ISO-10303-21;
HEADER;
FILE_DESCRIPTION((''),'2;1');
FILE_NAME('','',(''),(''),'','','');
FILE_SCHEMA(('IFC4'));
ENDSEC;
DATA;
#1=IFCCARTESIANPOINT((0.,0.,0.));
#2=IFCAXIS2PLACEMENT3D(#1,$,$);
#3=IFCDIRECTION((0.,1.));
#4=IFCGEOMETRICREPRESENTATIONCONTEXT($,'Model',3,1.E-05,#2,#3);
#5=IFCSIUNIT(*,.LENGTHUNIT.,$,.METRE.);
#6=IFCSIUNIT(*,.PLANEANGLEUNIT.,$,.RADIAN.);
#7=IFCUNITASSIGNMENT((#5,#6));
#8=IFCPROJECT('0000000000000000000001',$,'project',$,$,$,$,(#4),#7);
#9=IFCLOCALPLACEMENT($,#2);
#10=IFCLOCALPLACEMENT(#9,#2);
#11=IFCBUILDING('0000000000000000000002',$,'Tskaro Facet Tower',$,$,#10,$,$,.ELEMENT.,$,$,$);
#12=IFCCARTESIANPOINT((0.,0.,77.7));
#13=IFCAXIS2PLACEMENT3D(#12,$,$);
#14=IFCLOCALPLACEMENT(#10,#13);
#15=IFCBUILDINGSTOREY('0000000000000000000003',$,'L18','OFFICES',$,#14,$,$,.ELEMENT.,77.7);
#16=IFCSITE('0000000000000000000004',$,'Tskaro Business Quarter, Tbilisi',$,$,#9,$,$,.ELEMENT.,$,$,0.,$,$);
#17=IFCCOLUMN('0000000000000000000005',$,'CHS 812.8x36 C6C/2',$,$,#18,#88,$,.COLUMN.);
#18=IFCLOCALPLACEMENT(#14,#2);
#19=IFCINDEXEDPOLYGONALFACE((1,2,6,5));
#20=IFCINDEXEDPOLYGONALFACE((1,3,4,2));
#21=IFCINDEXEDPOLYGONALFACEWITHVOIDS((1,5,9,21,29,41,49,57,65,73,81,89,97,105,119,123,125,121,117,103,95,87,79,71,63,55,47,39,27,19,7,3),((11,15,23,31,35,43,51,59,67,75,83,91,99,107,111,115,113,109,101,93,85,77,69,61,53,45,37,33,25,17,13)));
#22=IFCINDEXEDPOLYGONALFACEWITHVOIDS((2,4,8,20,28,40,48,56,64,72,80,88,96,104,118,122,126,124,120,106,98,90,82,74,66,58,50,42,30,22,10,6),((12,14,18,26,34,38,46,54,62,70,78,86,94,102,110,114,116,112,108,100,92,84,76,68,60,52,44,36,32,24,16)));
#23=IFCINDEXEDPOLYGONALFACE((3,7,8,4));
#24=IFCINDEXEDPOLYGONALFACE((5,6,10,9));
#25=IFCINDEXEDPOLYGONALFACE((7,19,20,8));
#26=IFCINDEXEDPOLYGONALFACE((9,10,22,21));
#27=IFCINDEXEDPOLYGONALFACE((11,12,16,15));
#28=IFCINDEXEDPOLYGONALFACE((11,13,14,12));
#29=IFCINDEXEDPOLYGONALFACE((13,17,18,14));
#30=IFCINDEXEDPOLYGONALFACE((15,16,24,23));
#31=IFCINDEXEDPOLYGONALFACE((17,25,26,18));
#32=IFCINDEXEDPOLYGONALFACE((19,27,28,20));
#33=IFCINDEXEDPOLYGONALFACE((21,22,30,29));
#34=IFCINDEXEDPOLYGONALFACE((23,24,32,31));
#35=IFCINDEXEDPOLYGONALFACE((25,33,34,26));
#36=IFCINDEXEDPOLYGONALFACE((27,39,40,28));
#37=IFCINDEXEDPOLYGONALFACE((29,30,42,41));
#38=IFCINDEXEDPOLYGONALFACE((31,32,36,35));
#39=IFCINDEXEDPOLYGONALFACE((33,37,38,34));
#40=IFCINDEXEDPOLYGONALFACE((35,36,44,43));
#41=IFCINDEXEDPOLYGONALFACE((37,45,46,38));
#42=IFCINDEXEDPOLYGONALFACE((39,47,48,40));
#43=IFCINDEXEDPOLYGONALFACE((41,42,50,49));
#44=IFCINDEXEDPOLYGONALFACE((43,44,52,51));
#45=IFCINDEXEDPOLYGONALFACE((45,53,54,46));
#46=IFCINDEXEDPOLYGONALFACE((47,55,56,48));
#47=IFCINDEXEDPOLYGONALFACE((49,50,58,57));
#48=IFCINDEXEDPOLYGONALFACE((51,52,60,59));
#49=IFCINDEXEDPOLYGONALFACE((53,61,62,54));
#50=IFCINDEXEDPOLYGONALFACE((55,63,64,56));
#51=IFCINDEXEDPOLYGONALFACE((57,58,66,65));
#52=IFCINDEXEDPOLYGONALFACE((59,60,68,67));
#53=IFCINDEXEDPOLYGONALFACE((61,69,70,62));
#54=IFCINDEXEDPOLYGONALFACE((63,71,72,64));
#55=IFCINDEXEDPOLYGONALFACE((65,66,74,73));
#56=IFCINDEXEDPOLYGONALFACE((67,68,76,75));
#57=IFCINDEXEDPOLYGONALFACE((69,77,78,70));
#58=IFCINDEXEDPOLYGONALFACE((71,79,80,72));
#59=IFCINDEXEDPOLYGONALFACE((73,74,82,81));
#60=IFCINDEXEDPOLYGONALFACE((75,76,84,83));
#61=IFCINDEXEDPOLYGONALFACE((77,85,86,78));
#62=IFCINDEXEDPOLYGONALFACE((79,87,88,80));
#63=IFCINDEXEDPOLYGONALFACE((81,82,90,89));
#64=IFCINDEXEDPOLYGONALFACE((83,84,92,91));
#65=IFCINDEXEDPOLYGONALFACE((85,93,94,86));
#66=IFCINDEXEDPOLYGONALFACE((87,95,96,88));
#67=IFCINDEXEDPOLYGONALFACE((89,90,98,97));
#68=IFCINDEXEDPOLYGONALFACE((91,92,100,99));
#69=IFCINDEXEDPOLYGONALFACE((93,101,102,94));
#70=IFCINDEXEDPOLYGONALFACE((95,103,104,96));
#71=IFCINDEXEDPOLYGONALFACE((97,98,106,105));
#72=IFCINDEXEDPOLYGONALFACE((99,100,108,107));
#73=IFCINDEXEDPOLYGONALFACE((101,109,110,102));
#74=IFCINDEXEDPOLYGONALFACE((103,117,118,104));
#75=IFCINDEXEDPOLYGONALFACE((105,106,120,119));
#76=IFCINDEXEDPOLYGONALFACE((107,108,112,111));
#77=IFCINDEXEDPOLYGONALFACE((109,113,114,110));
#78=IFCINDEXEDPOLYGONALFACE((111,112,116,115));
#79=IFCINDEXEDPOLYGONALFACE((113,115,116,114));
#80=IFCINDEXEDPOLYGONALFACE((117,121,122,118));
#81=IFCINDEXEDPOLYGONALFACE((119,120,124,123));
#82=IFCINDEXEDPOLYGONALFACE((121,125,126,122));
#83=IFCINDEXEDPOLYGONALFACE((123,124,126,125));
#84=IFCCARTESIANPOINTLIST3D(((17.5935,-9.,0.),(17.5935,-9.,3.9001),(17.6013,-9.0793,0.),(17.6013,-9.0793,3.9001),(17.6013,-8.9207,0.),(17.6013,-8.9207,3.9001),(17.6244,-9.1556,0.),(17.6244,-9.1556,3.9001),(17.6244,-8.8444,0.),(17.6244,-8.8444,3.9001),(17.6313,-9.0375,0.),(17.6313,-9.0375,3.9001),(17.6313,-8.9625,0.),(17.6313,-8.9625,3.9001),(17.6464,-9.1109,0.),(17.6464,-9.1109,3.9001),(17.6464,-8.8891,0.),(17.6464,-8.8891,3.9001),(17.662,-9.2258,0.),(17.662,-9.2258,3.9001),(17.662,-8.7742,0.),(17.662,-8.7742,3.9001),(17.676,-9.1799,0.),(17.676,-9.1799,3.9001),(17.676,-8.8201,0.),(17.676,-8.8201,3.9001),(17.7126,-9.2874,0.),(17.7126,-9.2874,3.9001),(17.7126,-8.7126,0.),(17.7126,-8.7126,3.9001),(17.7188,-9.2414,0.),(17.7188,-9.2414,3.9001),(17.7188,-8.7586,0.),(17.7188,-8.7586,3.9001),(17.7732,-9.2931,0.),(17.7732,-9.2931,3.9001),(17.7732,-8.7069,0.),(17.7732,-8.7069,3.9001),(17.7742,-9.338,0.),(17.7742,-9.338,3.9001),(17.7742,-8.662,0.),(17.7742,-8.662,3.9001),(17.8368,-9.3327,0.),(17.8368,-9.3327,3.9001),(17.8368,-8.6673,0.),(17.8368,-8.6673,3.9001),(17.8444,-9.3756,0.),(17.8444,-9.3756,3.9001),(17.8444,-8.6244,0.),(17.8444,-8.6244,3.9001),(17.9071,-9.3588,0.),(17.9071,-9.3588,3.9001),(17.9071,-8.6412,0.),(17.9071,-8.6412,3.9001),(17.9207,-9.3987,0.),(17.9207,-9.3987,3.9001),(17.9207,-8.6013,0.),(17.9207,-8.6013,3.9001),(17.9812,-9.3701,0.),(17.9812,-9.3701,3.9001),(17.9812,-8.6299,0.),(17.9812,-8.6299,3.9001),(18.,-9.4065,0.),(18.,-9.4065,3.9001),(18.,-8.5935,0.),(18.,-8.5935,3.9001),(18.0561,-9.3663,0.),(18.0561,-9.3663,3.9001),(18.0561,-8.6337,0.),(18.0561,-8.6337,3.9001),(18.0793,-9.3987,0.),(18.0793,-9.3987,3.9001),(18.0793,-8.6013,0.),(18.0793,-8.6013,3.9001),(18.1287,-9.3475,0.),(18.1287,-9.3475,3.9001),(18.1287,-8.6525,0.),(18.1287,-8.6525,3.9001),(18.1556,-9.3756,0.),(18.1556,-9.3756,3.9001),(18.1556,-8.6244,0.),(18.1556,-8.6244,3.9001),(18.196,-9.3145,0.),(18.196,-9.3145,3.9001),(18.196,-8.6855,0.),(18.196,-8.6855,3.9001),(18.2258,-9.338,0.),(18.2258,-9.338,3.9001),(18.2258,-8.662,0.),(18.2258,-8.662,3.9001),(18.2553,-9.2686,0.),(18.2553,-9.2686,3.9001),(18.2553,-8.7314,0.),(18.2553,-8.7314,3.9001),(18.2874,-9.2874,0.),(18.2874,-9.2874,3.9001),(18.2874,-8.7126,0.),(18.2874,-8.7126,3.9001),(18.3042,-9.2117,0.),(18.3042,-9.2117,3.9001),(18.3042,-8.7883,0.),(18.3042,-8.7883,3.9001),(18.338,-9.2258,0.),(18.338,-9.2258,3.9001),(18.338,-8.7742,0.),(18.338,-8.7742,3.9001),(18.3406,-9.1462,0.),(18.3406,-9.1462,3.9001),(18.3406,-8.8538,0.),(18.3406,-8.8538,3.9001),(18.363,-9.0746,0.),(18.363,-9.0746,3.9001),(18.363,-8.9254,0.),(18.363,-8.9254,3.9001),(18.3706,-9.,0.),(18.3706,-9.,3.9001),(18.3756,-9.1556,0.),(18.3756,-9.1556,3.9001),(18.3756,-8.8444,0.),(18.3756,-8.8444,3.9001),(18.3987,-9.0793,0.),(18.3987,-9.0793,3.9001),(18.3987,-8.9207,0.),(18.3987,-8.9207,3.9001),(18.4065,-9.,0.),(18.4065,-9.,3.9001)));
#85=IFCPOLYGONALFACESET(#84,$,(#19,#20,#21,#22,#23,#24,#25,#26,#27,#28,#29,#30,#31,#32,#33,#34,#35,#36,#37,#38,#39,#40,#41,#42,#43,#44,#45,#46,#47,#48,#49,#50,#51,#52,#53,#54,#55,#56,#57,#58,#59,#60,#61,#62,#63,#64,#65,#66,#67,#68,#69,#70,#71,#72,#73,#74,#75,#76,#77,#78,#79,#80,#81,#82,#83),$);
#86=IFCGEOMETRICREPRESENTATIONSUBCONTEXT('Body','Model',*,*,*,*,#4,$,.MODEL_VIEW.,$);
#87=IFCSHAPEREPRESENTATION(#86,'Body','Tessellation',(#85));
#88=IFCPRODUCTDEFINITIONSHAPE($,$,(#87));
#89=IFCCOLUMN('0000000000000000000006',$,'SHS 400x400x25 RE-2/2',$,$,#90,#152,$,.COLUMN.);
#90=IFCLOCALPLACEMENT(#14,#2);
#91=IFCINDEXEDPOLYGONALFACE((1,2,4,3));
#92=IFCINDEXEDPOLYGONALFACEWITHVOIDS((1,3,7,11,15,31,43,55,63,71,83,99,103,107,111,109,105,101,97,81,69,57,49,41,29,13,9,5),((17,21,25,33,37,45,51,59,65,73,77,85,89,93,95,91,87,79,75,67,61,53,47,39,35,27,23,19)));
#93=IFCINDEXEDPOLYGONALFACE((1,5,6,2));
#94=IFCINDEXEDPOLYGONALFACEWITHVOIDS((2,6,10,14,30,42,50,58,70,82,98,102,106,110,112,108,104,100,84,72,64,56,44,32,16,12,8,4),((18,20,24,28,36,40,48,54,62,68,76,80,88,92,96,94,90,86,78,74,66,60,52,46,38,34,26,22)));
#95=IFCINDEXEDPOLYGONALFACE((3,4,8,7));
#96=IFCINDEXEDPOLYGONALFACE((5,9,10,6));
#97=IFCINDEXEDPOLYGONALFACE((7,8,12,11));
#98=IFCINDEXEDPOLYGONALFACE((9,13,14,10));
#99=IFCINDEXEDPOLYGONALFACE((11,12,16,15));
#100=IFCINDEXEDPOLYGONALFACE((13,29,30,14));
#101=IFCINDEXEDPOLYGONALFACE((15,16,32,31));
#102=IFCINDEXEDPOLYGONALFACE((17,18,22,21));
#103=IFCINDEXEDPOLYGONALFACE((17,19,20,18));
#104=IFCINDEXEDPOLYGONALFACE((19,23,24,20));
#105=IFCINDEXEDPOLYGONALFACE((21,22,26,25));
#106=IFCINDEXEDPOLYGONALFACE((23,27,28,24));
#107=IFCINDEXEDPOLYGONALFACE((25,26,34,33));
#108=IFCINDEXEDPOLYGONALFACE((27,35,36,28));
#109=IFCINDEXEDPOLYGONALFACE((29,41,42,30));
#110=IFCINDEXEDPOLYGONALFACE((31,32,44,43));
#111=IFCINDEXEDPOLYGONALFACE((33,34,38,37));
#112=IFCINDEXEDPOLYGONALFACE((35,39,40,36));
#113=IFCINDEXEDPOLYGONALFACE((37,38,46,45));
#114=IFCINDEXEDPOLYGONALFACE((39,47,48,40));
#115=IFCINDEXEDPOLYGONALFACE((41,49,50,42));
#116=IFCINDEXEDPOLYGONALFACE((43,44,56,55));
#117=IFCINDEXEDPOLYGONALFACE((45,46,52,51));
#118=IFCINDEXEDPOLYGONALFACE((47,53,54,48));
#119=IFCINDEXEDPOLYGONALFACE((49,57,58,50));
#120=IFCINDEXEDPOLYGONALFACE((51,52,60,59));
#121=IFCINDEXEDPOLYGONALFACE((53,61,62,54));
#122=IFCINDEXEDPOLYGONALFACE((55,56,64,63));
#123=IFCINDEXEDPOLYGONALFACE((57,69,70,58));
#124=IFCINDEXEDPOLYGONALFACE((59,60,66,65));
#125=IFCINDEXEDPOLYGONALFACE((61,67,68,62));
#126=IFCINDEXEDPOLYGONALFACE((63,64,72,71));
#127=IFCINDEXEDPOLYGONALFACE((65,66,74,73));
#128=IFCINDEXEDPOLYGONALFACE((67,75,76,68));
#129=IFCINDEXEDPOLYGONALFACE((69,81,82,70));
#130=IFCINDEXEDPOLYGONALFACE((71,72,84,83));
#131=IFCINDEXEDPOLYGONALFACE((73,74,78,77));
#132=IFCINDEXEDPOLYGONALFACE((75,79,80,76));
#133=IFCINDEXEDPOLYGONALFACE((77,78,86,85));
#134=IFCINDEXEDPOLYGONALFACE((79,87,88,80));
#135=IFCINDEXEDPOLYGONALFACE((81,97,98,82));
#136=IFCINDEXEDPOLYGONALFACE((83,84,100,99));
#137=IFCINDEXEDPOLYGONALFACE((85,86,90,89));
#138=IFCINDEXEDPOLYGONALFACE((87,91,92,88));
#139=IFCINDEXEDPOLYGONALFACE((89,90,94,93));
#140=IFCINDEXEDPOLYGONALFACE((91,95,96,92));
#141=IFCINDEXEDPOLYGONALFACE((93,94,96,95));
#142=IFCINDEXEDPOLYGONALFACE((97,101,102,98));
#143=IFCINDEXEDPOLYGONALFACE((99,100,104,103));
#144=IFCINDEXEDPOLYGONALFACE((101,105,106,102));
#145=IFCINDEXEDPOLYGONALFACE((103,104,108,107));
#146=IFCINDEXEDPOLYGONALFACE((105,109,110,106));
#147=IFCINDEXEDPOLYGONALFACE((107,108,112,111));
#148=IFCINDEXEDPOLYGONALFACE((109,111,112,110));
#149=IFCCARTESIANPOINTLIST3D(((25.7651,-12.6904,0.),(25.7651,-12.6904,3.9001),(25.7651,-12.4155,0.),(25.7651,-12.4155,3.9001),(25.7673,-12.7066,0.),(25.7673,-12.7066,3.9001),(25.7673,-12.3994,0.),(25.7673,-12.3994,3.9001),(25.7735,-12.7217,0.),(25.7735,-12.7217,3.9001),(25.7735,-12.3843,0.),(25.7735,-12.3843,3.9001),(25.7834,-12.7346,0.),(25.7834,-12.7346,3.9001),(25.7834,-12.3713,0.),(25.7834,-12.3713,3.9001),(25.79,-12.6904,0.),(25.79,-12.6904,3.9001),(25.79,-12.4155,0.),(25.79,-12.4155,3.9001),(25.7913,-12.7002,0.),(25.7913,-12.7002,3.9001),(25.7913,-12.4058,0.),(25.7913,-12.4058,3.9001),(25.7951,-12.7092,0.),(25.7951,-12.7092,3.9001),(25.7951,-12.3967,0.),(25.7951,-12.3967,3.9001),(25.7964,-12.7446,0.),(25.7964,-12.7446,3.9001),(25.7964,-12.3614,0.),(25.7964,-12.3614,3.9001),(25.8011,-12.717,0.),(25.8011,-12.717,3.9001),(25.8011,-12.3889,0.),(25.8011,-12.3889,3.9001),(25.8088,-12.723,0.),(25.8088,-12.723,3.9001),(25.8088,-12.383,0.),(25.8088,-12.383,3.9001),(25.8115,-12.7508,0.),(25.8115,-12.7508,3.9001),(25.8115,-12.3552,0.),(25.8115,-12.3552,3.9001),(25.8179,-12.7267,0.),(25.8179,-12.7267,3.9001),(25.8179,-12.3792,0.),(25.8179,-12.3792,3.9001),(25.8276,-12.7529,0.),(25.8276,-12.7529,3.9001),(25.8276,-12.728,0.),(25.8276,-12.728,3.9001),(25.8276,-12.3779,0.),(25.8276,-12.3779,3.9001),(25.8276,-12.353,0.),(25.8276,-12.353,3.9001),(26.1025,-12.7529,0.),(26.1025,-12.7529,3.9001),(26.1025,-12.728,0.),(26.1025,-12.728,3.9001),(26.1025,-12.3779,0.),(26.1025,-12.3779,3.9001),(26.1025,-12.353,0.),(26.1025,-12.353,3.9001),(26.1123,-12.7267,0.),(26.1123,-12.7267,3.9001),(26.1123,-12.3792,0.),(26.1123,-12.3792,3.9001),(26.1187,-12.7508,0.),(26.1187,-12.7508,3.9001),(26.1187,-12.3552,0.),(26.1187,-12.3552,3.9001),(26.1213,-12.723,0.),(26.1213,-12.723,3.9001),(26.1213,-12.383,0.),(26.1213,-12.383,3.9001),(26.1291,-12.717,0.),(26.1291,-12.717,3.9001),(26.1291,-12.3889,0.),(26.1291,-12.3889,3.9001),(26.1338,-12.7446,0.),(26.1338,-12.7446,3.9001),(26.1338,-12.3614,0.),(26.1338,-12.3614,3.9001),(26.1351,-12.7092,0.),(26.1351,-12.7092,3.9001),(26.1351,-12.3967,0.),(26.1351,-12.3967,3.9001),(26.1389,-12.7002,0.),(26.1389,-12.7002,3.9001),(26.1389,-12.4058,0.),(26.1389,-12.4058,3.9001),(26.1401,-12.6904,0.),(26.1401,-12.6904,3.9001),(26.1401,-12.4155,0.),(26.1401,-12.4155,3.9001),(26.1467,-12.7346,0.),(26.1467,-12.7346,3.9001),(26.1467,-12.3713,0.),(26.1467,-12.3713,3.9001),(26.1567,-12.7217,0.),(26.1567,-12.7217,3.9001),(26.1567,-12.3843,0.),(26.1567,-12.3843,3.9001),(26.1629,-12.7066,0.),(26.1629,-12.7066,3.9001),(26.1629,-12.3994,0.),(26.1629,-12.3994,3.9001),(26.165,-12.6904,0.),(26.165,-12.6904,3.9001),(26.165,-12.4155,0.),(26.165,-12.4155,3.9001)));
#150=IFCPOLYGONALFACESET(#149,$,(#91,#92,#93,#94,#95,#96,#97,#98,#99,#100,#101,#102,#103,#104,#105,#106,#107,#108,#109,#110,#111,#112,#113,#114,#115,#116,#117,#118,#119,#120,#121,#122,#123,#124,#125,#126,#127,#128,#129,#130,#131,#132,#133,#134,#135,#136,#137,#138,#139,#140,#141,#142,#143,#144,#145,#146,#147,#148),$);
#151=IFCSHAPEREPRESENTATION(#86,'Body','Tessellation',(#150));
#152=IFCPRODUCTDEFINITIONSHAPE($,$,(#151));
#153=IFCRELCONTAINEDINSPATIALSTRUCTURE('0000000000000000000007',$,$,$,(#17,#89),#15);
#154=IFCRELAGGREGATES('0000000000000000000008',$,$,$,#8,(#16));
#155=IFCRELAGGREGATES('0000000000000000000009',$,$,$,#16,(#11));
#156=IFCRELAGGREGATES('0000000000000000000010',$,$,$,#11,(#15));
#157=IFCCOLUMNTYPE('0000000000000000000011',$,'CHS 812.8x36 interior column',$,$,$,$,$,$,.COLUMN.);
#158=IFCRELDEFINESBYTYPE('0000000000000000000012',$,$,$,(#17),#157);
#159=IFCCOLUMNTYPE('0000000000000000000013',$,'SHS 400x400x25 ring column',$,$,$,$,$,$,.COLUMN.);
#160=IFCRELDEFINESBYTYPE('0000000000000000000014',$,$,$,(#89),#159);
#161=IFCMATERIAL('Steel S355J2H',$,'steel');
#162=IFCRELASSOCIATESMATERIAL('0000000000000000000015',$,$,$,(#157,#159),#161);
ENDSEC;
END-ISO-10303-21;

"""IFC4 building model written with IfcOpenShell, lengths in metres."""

from ifc_helpers import new_model, si_unit, direction, frame, origin, origin_2d, place, context, subcontext, project, spatial, hollow_rectangle, hollow_circle, extrude, material, material_profile, profile_set, type_object, element, save


model = new_model("IFC4")

# Units and contexts
model_context = context("Model", 3, precision=1e-05, world=origin(), true_north=direction((0.0, 1.0)))
body_context = subcontext(model_context, "Body", "Model", "MODEL_VIEW")
ifc_project = project(units=[si_unit("LENGTHUNIT", "METRE"), si_unit("PLANEANGLEUNIT", "RADIAN")], contexts=[model_context])

# Site, building, storey
site_placement = place(None, origin())
site = spatial("IfcSite", under=ifc_project, at=site_placement, Name="Tskaro Business Quarter, Tbilisi", CompositionType="ELEMENT", RefElevation=0.0)
building_placement = place(site_placement, origin())
building = spatial("IfcBuilding", under=site, at=building_placement, Name="Tskaro Facet Tower", CompositionType="ELEMENT")
storey_placement = place(building_placement, frame((0.0, 0.0, 77.7)))
storey = spatial("IfcBuildingStorey", under=building, at=storey_placement, Name="L18", Description="OFFICES", CompositionType="ELEMENT", Elevation=77.7)

# Columns
ifc_material_1 = material(Name="Steel S355J2H", Category="steel")
ifc_material_profile_1 = material_profile(ifc_material_1, hollow_circle(Radius=0.4065, WallThickness=0.0359, at=origin_2d()), Name="CHS 812.8x36")
ifc_profile_set_1 = profile_set([ifc_material_profile_1], Name="Steel S355J2H")
column_type_1 = type_object("IfcColumnType", Name="CHS 812.8x36 interior column", PredefinedType="COLUMN", material=ifc_profile_set_1)
column_placement = place(storey_placement, frame((18.0, -9.0, 0.0), z_axis=(0.0, 0.0, 1.0), x_axis=(1.0, 0.0, 0.0)))
element("IfcColumn", 1, at=column_placement, inside=storey, type_object=column_type_1, Name="CHS 812.8x36 C6C/2", PredefinedType="COLUMN", context=body_context, shape_type="SweptSolid", body=[
    extrude(hollow_circle(Radius=0.4065, WallThickness=0.0359, at=origin_2d()), origin(), (0.0, 0.0, 1.0), 3.9001),
])
ifc_material_profile_2 = material_profile(ifc_material_1, hollow_rectangle(XDim=0.3999, YDim=0.3999, WallThickness=0.0249, InnerFilletRadius=0.0376, OuterFilletRadius=0.0625, at=origin_2d()), Name="SHS 400x400x25")
ifc_profile_set_2 = profile_set([ifc_material_profile_2], Name="Steel S355J2H")
column_type_2 = type_object("IfcColumnType", Name="SHS 400x400x25 ring column", PredefinedType="COLUMN", material=ifc_profile_set_2)
for number, where, z_axis, x_axis, name in (
    (2, (25.9651, -12.553, 0.0), (0.0, 0.0, 1.0), (1.0, 0.0, 0.0), "SHS 400x400x25 RE-2/2"),
):
    element("IfcColumn", number, at=place(storey_placement, frame(where, z_axis=z_axis, x_axis=x_axis)), inside=storey, type_object=column_type_2, Name=name, PredefinedType="COLUMN", context=body_context, shape_type="SweptSolid", body=[
        extrude(hollow_rectangle(XDim=0.3999, YDim=0.3999, WallThickness=0.0249, InnerFilletRadius=0.0376, OuterFilletRadius=0.0625, at=origin_2d()), origin(), (0.0, 0.0, 1.0), 3.9001),
    ])

save(model, "model.ifc")
